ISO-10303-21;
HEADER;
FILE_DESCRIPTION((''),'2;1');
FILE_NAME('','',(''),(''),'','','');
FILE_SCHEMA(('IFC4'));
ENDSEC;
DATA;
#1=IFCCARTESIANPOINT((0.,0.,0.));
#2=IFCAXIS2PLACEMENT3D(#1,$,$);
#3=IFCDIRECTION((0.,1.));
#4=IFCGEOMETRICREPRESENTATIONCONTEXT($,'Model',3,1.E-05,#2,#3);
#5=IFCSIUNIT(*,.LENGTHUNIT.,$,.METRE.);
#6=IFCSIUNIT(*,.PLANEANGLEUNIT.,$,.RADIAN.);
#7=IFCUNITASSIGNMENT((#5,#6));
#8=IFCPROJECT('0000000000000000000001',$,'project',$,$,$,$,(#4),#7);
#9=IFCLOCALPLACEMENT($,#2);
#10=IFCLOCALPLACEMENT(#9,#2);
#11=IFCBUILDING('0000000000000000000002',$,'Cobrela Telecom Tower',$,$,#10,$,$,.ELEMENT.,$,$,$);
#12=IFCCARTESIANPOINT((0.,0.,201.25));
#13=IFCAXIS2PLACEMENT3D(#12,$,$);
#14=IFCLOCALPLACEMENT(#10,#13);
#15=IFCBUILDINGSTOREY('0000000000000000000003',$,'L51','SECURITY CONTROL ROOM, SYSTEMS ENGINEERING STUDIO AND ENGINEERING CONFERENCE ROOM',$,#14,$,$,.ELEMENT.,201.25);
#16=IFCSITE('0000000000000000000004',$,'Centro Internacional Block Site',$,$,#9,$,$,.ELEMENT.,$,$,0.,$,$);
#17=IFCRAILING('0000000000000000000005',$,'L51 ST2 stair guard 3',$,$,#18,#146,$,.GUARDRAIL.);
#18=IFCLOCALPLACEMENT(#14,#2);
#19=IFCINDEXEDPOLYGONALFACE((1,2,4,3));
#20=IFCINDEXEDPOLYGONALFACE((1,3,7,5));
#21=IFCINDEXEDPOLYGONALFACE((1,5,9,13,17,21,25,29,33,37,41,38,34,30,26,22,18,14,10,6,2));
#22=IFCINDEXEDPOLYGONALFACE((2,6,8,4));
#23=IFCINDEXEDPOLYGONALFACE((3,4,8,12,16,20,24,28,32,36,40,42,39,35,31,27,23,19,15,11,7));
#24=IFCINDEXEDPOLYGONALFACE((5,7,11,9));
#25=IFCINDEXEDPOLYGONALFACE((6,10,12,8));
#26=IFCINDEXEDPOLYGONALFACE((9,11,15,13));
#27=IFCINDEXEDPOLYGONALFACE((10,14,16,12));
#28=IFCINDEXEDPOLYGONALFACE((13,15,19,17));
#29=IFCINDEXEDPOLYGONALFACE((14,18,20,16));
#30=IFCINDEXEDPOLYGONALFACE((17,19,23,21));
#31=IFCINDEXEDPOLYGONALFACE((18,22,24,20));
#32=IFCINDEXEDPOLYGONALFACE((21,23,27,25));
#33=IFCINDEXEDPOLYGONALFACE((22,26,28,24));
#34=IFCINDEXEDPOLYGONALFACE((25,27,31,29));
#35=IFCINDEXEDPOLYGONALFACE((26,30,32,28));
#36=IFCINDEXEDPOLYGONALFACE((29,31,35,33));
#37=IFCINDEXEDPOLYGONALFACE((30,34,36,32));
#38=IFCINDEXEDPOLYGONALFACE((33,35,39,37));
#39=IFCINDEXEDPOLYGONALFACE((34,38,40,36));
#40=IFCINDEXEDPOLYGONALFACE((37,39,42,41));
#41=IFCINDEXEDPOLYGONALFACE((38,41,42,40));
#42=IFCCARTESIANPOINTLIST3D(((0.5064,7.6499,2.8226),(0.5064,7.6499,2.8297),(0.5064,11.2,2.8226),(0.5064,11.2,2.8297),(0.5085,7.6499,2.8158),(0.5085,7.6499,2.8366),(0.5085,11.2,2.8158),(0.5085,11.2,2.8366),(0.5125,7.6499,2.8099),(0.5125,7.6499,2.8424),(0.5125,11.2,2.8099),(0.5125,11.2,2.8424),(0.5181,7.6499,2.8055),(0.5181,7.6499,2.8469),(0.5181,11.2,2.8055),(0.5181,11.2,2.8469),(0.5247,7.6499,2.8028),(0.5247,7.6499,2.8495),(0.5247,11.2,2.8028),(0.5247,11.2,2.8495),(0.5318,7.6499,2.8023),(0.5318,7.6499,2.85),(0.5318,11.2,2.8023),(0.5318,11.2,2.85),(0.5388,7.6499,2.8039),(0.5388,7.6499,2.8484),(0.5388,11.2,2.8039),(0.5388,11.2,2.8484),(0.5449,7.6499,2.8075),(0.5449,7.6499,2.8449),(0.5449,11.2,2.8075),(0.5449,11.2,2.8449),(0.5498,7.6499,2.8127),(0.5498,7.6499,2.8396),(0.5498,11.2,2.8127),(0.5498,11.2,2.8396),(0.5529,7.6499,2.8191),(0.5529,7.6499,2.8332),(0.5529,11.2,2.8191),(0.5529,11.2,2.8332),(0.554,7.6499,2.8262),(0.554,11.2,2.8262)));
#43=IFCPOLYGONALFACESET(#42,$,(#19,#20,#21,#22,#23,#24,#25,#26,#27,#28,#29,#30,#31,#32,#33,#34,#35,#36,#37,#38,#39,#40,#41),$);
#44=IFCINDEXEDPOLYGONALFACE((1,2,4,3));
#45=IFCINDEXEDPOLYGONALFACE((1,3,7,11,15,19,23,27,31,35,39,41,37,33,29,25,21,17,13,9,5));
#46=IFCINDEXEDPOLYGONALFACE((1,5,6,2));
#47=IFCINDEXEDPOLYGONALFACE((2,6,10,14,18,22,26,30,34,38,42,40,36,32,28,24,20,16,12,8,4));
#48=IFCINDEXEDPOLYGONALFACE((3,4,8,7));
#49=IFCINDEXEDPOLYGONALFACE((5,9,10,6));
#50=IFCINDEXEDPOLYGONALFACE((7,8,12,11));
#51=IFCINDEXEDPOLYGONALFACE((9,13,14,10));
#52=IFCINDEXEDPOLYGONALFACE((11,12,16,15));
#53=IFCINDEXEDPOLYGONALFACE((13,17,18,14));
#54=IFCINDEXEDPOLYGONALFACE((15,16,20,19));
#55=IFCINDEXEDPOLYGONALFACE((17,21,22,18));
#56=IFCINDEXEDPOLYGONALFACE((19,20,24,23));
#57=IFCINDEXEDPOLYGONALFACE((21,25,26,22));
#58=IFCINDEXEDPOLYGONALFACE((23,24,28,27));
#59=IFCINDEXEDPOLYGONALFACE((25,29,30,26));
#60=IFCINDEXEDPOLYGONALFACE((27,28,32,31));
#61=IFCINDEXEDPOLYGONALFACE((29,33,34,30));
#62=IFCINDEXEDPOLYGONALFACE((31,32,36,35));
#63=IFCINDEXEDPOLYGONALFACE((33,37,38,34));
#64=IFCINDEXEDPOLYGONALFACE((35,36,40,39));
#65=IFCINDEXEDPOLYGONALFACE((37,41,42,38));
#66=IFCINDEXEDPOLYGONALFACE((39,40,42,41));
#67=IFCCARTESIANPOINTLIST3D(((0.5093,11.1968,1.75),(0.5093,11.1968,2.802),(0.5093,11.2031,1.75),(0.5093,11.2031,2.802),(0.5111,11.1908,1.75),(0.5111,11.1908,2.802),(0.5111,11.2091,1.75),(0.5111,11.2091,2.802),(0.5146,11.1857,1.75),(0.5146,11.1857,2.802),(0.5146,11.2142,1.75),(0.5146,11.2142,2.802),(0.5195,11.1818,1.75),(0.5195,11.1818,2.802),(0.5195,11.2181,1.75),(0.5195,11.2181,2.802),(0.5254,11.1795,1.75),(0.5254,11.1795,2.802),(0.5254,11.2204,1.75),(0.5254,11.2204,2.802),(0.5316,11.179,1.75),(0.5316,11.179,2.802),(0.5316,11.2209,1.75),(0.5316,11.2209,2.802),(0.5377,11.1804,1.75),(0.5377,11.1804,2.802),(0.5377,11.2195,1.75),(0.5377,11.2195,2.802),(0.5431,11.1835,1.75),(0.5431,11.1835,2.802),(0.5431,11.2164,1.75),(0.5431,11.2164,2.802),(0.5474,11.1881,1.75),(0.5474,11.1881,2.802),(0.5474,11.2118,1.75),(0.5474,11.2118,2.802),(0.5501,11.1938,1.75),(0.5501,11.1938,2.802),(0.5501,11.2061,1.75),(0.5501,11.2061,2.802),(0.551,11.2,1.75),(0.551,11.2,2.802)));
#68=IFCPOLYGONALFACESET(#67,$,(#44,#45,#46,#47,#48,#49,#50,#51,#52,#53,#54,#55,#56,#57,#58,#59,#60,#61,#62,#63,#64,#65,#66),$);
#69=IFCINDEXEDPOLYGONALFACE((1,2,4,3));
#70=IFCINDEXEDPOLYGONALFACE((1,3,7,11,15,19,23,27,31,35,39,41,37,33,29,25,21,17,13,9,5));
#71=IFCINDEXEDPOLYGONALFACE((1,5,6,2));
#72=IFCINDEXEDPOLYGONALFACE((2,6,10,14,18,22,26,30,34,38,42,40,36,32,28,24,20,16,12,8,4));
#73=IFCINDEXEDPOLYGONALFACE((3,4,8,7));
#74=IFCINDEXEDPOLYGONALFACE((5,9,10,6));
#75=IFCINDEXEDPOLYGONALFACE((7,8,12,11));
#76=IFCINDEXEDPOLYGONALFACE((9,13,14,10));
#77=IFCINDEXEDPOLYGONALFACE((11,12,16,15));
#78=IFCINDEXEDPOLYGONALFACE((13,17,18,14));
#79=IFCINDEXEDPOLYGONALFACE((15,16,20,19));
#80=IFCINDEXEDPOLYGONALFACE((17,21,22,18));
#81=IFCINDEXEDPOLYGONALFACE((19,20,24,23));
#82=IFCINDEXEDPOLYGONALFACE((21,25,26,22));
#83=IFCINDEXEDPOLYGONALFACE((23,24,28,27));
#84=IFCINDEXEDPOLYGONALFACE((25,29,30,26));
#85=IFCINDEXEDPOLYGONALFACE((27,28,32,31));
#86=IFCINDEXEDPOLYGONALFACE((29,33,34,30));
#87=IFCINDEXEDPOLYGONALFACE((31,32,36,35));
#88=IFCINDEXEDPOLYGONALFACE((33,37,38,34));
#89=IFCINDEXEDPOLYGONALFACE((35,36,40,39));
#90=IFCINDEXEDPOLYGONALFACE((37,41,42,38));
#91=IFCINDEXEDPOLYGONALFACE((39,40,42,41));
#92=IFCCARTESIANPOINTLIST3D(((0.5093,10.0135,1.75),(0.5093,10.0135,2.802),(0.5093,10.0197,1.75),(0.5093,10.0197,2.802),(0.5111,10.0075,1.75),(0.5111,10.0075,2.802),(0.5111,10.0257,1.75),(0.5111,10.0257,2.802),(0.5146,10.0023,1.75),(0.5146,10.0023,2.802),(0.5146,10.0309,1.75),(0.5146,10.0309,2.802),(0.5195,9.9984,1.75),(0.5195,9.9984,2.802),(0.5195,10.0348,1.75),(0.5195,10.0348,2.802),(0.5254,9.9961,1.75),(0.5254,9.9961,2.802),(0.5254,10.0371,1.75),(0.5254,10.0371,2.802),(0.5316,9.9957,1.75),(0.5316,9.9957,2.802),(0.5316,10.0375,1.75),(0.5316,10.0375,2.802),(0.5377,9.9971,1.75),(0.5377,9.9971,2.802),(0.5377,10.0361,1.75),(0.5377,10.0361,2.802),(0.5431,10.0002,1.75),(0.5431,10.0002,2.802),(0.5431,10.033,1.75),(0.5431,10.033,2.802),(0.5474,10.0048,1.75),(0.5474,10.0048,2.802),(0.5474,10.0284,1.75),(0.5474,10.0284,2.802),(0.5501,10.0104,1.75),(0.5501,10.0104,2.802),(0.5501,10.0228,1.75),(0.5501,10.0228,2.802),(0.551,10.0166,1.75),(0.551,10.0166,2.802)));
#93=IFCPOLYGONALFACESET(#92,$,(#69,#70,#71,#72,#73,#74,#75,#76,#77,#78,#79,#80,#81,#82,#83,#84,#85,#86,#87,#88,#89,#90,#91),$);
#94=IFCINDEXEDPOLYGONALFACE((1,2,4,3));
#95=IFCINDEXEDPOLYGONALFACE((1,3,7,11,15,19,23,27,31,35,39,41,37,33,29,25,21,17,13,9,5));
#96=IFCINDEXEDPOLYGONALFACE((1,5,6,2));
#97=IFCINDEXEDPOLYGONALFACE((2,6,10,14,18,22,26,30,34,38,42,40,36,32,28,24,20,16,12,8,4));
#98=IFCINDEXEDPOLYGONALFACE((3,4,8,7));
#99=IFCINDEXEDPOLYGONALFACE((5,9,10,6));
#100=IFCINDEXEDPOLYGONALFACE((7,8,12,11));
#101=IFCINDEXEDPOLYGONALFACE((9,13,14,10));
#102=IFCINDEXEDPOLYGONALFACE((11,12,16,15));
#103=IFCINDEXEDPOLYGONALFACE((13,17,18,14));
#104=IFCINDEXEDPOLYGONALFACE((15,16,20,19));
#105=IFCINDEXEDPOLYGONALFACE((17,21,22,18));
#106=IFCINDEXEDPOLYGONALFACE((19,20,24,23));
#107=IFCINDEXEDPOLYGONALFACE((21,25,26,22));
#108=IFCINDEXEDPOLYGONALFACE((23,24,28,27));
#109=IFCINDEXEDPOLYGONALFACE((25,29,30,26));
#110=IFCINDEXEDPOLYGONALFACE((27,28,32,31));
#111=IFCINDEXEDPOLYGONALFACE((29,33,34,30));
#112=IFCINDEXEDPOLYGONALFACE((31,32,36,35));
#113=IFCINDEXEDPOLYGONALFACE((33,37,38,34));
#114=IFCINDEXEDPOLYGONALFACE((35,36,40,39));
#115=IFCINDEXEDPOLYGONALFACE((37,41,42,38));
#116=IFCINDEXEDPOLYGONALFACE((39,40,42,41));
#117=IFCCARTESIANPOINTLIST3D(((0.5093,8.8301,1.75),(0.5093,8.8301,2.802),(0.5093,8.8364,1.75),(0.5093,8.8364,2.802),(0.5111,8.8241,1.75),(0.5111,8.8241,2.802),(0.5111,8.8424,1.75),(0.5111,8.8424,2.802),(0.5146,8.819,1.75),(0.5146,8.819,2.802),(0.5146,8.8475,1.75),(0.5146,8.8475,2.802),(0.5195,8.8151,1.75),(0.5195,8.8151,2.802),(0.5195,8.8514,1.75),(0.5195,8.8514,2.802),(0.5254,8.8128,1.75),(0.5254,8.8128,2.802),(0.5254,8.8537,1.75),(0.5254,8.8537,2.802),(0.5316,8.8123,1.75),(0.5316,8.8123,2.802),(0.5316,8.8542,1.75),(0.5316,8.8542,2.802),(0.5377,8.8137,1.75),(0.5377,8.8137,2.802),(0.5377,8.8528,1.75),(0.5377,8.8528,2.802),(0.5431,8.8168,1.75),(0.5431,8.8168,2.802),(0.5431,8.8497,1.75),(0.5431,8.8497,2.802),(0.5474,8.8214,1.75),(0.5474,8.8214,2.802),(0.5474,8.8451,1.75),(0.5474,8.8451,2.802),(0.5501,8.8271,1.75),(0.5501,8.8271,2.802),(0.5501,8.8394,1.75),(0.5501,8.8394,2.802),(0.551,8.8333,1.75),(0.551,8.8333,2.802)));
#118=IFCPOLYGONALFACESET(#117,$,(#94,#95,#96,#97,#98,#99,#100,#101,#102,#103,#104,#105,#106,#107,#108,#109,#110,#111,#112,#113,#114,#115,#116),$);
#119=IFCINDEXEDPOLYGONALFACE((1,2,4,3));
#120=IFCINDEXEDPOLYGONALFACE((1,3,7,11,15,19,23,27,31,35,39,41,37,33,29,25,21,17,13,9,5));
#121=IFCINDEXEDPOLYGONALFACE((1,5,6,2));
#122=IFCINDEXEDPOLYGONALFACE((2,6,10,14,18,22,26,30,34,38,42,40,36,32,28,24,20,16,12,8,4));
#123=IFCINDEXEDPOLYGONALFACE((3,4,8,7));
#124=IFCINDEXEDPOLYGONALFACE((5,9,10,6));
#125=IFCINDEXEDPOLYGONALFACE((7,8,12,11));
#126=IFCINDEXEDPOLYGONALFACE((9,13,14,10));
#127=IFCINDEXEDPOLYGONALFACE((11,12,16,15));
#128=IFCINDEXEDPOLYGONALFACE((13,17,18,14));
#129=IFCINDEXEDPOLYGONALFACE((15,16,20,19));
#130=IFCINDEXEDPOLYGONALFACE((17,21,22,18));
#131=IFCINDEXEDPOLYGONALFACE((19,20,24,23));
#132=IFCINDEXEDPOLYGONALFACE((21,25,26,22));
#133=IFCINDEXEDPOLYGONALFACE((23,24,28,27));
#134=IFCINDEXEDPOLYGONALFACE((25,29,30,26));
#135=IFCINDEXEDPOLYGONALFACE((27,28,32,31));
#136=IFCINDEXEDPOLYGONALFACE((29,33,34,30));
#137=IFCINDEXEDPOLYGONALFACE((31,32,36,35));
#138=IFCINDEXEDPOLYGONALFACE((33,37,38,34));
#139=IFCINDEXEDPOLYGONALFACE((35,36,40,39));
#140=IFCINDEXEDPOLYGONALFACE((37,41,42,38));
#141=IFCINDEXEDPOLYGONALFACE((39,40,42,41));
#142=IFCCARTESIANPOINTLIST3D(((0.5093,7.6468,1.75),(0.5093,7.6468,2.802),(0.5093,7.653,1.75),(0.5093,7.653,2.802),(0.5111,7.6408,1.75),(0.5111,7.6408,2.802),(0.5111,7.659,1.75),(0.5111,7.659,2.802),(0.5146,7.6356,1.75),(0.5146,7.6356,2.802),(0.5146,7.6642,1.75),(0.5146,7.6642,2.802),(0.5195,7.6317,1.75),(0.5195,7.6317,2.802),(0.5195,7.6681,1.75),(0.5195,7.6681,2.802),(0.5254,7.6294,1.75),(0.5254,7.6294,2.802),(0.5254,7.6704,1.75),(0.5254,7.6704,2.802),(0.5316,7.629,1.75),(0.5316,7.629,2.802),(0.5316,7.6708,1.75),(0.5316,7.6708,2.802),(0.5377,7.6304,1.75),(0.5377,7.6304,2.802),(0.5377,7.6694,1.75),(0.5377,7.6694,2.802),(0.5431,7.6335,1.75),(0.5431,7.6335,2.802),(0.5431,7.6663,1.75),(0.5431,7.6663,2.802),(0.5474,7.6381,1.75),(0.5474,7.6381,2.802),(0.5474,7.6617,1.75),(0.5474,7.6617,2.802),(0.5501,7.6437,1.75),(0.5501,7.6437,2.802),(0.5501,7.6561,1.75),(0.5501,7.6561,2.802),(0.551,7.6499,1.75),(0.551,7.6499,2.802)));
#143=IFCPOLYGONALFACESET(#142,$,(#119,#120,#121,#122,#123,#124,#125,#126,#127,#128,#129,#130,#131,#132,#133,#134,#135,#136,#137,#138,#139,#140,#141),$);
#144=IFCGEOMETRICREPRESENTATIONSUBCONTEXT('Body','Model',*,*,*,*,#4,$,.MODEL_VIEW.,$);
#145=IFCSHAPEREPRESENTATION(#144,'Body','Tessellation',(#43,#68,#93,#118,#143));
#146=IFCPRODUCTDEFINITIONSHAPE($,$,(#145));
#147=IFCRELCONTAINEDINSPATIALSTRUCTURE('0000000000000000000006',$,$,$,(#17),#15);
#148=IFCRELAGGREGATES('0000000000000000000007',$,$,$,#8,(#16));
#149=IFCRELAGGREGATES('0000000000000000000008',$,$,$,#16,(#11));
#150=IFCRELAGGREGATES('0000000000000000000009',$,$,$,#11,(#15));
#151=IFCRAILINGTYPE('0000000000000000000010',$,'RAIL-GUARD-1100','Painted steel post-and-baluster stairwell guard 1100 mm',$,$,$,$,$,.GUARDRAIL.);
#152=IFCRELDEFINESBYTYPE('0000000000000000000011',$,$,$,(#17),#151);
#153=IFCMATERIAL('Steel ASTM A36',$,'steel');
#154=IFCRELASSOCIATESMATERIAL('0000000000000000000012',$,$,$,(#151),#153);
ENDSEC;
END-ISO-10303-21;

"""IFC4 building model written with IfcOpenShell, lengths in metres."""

from ifc_helpers import new_model, si_unit, direction, frame, origin, origin_2d, place, context, subcontext, project, spatial, circle, extrude, material, type_object, element, save


model = new_model("IFC4")

# Units and contexts
model_context = context("Model", 3, precision=1e-05, world=origin(), true_north=direction((0.0, 1.0)))
body_context = subcontext(model_context, "Body", "Model", "MODEL_VIEW")
ifc_project = project(units=[si_unit("LENGTHUNIT", "METRE"), si_unit("PLANEANGLEUNIT", "RADIAN")], contexts=[model_context])

# Site, building, storey
site_placement = place(None, origin())
site = spatial("IfcSite", under=ifc_project, at=site_placement, Name="Centro Internacional Block Site", CompositionType="ELEMENT", RefElevation=0.0)
building_placement = place(site_placement, origin())
building = spatial("IfcBuilding", under=site, at=building_placement, Name="Cobrela Telecom Tower", CompositionType="ELEMENT")
storey_placement = place(building_placement, frame((0.0, 0.0, 201.25)))
storey = spatial("IfcBuildingStorey", under=building, at=storey_placement, Name="L51", Description="SECURITY CONTROL ROOM, SYSTEMS ENGINEERING STUDIO AND ENGINEERING CONFERENCE ROOM", CompositionType="ELEMENT", Elevation=201.25)

# Shared definitions
ifc_material_1 = material(Name="Steel ASTM A36", Category="steel")

# Railing
railing_type = type_object("IfcRailingType", Name="RAIL-GUARD-1100", Description="Painted steel post-and-baluster stairwell guard 1100 mm", PredefinedType="GUARDRAIL", material=ifc_material_1)
railing_1_placement = place(storey_placement, frame((0.53, 11.2, 1.75)))
element("IfcRailing", 1, at=railing_1_placement, inside=storey, type_object=railing_type, Name="L51 ST2 stair guard 3", PredefinedType="GUARDRAIL", context=body_context, shape_type="SweptSolid", body=[
    extrude(circle(Radius=0.0239, at=origin_2d()), frame((0.0, 0.0, 1.0762), z_axis=(0.0, -1.0, 0.0), x_axis=(1.0, 0.0, 0.0)), (0.0, 0.0, 1.0), 3.55),
    extrude(circle(Radius=0.021, at=origin_2d()), origin(), (0.0, 0.0, 1.0), 1.052),
    extrude(circle(Radius=0.021, at=origin_2d()), frame((0.0, -1.1833, 0.0)), (0.0, 0.0, 1.0), 1.052),
    extrude(circle(Radius=0.021, at=origin_2d()), frame((0.0, -2.3667, 0.0)), (0.0, 0.0, 1.0), 1.052),
    extrude(circle(Radius=0.021, at=origin_2d()), frame((0.0, -3.55, 0.0)), (0.0, 0.0, 1.0), 1.052),
])

save(model, "model.ifc")
